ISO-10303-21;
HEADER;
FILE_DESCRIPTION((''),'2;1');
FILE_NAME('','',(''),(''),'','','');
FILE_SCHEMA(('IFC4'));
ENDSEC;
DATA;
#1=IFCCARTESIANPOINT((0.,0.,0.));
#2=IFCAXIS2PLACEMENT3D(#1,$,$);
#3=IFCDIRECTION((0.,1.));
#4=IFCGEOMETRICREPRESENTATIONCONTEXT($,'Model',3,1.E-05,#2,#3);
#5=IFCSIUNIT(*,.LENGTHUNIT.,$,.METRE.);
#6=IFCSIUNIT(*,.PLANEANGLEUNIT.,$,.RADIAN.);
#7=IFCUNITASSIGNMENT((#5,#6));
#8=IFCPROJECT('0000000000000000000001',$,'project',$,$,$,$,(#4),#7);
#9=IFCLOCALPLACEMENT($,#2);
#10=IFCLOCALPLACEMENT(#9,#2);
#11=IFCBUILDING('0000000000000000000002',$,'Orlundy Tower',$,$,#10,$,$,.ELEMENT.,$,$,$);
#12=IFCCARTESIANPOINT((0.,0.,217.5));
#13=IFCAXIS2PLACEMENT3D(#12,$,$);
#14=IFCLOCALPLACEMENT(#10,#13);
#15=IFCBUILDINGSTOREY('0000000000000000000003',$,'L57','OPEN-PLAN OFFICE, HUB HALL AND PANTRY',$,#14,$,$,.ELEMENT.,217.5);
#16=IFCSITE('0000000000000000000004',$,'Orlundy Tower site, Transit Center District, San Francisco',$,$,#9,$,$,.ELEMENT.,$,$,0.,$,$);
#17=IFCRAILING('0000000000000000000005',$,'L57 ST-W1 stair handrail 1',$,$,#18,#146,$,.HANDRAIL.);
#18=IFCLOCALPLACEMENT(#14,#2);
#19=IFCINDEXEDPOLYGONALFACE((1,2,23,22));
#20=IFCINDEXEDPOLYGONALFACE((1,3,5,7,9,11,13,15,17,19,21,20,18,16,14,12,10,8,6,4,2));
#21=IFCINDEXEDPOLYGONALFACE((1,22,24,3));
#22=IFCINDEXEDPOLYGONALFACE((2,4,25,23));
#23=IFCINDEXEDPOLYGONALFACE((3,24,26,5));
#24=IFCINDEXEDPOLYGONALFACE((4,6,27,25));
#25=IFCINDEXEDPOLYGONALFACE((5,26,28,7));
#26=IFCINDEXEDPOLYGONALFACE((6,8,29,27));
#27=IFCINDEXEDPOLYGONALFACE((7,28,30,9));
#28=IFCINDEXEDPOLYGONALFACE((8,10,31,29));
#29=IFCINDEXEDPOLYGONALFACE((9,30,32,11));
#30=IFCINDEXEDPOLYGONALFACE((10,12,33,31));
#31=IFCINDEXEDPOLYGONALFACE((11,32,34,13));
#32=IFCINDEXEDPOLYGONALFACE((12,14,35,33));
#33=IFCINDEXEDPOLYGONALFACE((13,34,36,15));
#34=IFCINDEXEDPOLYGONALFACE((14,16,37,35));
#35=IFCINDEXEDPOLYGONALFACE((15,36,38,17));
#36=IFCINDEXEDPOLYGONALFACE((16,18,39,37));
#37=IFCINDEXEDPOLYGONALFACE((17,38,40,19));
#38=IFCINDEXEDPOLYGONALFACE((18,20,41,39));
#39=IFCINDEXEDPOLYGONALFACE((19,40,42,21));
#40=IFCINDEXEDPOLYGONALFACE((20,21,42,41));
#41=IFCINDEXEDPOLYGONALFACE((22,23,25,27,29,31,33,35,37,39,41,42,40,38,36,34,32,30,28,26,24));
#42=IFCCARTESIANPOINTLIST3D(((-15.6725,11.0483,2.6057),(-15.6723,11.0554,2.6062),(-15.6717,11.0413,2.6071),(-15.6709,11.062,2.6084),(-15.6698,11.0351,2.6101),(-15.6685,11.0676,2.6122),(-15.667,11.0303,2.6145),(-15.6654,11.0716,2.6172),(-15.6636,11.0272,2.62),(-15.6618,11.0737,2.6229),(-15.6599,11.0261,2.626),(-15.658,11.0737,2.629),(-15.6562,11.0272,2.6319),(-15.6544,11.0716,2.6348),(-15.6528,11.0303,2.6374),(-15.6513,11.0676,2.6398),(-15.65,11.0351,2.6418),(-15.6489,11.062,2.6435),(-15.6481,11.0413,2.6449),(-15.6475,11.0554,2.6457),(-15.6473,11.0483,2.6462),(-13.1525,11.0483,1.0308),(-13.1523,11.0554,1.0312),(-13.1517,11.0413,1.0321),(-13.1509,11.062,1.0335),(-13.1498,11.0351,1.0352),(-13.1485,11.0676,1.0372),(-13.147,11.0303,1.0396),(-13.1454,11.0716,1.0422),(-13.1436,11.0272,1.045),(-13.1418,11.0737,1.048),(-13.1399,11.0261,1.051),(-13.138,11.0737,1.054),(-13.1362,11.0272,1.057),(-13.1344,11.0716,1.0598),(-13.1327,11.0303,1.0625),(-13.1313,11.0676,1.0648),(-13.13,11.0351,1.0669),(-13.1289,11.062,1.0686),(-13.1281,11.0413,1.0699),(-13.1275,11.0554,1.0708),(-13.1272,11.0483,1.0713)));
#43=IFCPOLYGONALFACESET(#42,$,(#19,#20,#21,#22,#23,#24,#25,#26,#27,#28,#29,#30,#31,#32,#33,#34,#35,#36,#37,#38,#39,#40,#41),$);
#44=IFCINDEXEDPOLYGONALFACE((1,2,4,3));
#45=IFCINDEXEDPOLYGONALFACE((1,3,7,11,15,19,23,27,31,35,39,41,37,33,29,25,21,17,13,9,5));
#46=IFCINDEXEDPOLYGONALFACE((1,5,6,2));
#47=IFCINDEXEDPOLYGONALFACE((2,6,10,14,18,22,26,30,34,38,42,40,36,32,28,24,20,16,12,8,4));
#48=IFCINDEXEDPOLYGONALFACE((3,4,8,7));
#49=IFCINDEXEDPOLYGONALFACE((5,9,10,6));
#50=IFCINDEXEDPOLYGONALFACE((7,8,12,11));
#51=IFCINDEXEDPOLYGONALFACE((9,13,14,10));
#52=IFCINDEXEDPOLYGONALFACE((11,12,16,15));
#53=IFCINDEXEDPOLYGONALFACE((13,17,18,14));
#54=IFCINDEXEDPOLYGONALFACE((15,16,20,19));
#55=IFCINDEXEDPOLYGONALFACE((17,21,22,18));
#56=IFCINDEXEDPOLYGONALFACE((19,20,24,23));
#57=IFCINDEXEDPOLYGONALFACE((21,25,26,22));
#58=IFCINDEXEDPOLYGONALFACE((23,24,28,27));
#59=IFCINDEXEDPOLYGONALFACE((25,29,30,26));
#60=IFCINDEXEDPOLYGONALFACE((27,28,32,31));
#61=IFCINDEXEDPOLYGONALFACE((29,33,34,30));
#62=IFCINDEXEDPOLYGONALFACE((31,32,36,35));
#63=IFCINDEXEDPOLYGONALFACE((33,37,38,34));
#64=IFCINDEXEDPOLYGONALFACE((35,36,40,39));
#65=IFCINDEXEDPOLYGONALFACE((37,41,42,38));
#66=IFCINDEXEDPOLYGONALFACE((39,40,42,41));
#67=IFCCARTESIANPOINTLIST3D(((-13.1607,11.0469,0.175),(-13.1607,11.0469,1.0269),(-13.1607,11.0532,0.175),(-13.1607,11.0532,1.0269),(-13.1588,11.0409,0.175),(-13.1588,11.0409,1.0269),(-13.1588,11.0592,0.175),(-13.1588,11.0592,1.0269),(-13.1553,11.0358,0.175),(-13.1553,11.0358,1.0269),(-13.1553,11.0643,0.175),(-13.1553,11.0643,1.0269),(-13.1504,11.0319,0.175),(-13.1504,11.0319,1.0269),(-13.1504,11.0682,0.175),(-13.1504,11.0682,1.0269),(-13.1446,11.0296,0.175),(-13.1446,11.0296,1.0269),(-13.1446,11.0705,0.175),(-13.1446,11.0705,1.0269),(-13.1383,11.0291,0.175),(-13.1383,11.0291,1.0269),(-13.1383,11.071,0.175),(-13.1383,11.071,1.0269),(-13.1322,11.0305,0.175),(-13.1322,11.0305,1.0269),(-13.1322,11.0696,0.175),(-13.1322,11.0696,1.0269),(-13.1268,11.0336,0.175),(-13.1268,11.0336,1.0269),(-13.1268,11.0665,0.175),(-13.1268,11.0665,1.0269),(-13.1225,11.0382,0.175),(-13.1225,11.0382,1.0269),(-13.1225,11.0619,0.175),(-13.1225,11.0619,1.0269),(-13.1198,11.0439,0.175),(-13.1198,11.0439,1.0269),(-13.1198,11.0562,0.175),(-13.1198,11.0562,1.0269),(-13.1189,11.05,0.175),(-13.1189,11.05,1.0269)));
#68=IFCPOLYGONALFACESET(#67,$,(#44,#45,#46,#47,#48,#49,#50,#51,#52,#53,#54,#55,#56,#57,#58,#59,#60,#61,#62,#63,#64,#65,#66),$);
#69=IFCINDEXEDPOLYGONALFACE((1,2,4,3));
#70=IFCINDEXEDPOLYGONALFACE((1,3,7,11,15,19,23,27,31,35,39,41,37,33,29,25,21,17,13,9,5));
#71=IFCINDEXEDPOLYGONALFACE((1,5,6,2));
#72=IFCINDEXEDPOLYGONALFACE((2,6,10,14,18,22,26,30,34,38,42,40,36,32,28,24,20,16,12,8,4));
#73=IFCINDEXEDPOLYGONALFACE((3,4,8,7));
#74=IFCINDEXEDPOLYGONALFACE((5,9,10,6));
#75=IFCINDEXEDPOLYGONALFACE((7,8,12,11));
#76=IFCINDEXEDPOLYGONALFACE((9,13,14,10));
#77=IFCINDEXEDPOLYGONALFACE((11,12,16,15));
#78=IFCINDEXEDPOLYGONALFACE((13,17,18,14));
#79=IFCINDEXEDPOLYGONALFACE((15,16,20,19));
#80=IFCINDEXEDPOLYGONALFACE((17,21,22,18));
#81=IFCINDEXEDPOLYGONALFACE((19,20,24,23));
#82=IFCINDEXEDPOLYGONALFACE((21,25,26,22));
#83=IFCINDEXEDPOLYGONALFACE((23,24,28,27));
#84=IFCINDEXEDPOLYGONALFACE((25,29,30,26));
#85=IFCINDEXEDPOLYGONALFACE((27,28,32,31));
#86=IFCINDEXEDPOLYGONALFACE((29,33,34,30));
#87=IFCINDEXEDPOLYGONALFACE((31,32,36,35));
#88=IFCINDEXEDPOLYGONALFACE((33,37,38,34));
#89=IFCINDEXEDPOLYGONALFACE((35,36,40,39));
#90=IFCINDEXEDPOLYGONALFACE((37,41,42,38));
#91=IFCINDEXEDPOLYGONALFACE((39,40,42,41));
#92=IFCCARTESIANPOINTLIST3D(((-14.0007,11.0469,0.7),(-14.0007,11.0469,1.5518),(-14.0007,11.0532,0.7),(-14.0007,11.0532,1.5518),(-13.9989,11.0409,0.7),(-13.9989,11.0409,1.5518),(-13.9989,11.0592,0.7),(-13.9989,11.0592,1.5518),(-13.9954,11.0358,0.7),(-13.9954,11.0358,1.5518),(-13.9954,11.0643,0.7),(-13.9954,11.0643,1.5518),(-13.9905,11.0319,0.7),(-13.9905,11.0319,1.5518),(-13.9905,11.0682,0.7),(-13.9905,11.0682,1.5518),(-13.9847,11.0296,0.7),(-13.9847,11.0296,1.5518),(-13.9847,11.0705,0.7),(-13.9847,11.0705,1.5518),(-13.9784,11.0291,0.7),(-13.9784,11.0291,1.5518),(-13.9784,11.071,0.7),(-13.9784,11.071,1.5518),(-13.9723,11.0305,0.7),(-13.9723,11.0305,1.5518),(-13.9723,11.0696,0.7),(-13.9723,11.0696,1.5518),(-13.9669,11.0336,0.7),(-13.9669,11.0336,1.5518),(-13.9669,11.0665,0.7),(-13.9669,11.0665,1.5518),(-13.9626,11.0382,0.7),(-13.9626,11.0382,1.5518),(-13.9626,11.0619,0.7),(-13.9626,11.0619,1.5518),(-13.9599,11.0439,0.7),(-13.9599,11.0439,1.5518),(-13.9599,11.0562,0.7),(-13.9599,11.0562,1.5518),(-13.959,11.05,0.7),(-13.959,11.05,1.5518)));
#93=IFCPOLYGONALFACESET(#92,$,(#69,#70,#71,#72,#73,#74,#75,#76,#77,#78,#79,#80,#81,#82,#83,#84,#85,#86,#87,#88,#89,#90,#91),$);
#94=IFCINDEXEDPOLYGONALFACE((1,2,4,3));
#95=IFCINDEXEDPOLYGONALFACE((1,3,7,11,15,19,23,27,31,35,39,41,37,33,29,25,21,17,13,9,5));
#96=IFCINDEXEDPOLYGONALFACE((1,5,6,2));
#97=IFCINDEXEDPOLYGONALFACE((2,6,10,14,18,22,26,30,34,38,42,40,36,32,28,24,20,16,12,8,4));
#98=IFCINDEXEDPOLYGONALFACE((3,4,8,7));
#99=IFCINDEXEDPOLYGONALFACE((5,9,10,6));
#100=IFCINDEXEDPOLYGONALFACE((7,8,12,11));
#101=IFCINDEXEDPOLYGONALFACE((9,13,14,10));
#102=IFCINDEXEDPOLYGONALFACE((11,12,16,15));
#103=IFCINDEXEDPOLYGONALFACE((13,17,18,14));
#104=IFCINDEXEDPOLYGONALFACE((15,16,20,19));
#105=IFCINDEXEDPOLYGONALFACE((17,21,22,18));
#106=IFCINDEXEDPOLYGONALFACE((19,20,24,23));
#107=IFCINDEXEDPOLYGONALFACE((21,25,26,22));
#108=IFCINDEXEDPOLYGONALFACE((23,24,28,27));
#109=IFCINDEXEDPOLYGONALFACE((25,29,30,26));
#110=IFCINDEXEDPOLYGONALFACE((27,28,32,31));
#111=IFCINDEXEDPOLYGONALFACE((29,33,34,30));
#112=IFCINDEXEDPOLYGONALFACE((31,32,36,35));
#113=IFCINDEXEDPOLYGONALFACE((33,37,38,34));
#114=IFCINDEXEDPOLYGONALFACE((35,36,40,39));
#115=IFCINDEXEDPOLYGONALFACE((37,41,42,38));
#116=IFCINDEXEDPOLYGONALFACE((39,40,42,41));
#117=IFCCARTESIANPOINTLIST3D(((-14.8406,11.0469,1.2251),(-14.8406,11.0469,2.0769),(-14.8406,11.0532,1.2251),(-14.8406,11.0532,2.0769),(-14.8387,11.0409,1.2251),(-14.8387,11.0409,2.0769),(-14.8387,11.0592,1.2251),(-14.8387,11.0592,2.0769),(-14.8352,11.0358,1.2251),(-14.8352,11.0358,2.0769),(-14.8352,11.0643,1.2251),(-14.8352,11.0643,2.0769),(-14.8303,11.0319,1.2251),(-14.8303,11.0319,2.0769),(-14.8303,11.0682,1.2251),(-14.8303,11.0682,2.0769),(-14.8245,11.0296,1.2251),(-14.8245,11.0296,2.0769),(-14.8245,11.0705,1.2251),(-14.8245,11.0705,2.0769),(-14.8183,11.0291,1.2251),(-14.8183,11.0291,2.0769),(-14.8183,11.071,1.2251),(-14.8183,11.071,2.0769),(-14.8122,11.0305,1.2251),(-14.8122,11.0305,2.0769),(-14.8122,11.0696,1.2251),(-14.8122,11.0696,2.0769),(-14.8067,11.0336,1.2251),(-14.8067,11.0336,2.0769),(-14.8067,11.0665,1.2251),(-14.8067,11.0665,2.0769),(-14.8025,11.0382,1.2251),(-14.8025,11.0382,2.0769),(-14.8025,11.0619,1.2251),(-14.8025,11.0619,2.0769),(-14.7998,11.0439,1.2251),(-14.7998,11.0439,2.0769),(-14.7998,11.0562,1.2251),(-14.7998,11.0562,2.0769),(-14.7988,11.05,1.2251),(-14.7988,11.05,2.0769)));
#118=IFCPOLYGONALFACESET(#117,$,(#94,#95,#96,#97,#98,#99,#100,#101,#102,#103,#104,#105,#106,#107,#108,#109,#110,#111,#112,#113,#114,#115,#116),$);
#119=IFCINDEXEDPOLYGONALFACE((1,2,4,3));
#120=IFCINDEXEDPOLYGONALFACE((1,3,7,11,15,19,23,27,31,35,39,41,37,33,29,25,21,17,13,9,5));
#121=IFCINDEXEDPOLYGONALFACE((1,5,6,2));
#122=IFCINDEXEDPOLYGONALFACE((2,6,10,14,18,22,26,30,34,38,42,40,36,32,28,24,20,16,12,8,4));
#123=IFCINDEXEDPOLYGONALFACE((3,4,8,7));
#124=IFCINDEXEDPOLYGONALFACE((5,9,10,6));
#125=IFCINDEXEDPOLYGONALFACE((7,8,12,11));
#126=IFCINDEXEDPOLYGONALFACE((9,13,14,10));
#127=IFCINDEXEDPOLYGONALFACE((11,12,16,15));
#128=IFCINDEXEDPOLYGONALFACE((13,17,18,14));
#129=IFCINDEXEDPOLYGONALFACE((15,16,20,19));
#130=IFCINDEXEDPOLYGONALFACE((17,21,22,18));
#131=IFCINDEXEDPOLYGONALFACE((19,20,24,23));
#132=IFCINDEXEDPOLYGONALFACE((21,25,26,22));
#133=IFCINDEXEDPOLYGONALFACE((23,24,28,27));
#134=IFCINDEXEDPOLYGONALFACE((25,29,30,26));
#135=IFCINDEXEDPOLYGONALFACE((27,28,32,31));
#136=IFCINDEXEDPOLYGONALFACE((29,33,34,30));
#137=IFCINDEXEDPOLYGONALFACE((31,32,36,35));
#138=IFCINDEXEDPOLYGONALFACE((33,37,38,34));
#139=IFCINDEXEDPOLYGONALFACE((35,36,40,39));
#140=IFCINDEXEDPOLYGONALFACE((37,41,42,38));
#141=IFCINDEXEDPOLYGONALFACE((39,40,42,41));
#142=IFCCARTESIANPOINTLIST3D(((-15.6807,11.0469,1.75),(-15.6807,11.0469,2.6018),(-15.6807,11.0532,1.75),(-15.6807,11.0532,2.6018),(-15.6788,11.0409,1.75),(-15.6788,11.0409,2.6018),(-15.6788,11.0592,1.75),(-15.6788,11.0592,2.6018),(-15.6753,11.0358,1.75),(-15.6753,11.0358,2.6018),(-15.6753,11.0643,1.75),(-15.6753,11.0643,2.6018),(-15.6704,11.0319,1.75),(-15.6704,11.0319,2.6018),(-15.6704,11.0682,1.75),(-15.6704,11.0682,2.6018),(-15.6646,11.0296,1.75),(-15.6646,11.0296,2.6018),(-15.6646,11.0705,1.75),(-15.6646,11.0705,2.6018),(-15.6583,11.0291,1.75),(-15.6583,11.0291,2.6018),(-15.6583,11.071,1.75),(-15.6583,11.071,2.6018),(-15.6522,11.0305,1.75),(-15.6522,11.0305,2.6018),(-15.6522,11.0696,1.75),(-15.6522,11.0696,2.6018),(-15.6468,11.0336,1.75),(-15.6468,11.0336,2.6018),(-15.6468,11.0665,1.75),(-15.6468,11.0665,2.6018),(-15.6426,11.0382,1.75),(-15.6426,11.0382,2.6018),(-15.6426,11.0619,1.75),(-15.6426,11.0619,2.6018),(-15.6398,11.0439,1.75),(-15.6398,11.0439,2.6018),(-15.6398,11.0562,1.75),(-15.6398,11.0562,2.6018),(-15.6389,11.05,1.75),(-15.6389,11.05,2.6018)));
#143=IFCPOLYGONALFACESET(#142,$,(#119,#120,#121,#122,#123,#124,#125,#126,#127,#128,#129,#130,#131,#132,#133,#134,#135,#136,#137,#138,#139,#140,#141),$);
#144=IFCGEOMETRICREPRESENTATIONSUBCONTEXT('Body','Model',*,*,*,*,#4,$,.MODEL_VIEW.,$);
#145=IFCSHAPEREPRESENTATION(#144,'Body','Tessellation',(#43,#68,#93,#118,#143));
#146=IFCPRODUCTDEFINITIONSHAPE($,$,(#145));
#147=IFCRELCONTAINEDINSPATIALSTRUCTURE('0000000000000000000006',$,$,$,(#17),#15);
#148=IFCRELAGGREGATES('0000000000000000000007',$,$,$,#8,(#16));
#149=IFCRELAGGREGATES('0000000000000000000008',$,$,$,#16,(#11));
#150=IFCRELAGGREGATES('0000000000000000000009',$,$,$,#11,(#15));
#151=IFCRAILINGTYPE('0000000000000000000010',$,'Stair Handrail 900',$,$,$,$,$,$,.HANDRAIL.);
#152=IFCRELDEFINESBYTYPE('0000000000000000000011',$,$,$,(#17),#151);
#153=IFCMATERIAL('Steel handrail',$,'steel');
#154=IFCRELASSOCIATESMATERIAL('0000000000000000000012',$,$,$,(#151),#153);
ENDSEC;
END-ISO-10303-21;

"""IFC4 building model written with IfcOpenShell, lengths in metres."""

from ifc_helpers import new_model, si_unit, direction, frame, origin, origin_2d, place, context, subcontext, project, spatial, circle, extrude, material, type_object, element, save


model = new_model("IFC4")

# Units and contexts
model_context = context("Model", 3, precision=1e-05, world=origin(), true_north=direction((0.0, 1.0)))
body_context = subcontext(model_context, "Body", "Model", "MODEL_VIEW")
ifc_project = project(units=[si_unit("LENGTHUNIT", "METRE"), si_unit("PLANEANGLEUNIT", "RADIAN")], contexts=[model_context])

# Site, building, storey
site_placement = place(None, origin())
site = spatial("IfcSite", under=ifc_project, at=site_placement, Name="Orlundy Tower site, Transit Center District, San Francisco", CompositionType="ELEMENT", RefElevation=0.0)
building_placement = place(site_placement, origin())
building = spatial("IfcBuilding", under=site, at=building_placement, Name="Orlundy Tower", CompositionType="ELEMENT")
storey_placement = place(building_placement, frame((0.0, 0.0, 217.5)))
storey = spatial("IfcBuildingStorey", under=building, at=storey_placement, Name="L57", Description="OPEN-PLAN OFFICE, HUB HALL AND PANTRY", CompositionType="ELEMENT", Elevation=217.5)

# Railing
ifc_material_1 = material(Name="Steel handrail", Category="steel")
railing_type = type_object("IfcRailingType", Name="Stair Handrail 900", PredefinedType="HANDRAIL", material=ifc_material_1)
railing_1_placement = place(storey_placement, frame((-13.1399, 11.05, 0.175)))
element("IfcRailing", 1, at=railing_1_placement, inside=storey, type_object=railing_type, Name="L57 ST-W1 stair handrail 1", PredefinedType="HANDRAIL", context=body_context, shape_type="SweptSolid", body=[
    extrude(circle(Radius=0.0239, at=origin_2d()), frame((0.0, 0.0, 0.876), z_axis=(-0.848008, 0.0, 0.529984), x_axis=(0.0, -1.0, 0.0)), (0.0, 0.0, 1.0), 2.9717),
    extrude(circle(Radius=0.021, at=origin_2d()), origin(), (0.0, 0.0, 1.0), 0.8518),
    extrude(circle(Radius=0.021, at=origin_2d()), frame((-0.8401, 0.0, 0.5249)), (0.0, 0.0, 1.0), 0.8518),
    extrude(circle(Radius=0.021, at=origin_2d()), frame((-1.6799, 0.0, 1.05)), (0.0, 0.0, 1.0), 0.8518),
    extrude(circle(Radius=0.021, at=origin_2d()), frame((-2.52, 0.0, 1.575)), (0.0, 0.0, 1.0), 0.8518),
])

save(model, "model.ifc")
